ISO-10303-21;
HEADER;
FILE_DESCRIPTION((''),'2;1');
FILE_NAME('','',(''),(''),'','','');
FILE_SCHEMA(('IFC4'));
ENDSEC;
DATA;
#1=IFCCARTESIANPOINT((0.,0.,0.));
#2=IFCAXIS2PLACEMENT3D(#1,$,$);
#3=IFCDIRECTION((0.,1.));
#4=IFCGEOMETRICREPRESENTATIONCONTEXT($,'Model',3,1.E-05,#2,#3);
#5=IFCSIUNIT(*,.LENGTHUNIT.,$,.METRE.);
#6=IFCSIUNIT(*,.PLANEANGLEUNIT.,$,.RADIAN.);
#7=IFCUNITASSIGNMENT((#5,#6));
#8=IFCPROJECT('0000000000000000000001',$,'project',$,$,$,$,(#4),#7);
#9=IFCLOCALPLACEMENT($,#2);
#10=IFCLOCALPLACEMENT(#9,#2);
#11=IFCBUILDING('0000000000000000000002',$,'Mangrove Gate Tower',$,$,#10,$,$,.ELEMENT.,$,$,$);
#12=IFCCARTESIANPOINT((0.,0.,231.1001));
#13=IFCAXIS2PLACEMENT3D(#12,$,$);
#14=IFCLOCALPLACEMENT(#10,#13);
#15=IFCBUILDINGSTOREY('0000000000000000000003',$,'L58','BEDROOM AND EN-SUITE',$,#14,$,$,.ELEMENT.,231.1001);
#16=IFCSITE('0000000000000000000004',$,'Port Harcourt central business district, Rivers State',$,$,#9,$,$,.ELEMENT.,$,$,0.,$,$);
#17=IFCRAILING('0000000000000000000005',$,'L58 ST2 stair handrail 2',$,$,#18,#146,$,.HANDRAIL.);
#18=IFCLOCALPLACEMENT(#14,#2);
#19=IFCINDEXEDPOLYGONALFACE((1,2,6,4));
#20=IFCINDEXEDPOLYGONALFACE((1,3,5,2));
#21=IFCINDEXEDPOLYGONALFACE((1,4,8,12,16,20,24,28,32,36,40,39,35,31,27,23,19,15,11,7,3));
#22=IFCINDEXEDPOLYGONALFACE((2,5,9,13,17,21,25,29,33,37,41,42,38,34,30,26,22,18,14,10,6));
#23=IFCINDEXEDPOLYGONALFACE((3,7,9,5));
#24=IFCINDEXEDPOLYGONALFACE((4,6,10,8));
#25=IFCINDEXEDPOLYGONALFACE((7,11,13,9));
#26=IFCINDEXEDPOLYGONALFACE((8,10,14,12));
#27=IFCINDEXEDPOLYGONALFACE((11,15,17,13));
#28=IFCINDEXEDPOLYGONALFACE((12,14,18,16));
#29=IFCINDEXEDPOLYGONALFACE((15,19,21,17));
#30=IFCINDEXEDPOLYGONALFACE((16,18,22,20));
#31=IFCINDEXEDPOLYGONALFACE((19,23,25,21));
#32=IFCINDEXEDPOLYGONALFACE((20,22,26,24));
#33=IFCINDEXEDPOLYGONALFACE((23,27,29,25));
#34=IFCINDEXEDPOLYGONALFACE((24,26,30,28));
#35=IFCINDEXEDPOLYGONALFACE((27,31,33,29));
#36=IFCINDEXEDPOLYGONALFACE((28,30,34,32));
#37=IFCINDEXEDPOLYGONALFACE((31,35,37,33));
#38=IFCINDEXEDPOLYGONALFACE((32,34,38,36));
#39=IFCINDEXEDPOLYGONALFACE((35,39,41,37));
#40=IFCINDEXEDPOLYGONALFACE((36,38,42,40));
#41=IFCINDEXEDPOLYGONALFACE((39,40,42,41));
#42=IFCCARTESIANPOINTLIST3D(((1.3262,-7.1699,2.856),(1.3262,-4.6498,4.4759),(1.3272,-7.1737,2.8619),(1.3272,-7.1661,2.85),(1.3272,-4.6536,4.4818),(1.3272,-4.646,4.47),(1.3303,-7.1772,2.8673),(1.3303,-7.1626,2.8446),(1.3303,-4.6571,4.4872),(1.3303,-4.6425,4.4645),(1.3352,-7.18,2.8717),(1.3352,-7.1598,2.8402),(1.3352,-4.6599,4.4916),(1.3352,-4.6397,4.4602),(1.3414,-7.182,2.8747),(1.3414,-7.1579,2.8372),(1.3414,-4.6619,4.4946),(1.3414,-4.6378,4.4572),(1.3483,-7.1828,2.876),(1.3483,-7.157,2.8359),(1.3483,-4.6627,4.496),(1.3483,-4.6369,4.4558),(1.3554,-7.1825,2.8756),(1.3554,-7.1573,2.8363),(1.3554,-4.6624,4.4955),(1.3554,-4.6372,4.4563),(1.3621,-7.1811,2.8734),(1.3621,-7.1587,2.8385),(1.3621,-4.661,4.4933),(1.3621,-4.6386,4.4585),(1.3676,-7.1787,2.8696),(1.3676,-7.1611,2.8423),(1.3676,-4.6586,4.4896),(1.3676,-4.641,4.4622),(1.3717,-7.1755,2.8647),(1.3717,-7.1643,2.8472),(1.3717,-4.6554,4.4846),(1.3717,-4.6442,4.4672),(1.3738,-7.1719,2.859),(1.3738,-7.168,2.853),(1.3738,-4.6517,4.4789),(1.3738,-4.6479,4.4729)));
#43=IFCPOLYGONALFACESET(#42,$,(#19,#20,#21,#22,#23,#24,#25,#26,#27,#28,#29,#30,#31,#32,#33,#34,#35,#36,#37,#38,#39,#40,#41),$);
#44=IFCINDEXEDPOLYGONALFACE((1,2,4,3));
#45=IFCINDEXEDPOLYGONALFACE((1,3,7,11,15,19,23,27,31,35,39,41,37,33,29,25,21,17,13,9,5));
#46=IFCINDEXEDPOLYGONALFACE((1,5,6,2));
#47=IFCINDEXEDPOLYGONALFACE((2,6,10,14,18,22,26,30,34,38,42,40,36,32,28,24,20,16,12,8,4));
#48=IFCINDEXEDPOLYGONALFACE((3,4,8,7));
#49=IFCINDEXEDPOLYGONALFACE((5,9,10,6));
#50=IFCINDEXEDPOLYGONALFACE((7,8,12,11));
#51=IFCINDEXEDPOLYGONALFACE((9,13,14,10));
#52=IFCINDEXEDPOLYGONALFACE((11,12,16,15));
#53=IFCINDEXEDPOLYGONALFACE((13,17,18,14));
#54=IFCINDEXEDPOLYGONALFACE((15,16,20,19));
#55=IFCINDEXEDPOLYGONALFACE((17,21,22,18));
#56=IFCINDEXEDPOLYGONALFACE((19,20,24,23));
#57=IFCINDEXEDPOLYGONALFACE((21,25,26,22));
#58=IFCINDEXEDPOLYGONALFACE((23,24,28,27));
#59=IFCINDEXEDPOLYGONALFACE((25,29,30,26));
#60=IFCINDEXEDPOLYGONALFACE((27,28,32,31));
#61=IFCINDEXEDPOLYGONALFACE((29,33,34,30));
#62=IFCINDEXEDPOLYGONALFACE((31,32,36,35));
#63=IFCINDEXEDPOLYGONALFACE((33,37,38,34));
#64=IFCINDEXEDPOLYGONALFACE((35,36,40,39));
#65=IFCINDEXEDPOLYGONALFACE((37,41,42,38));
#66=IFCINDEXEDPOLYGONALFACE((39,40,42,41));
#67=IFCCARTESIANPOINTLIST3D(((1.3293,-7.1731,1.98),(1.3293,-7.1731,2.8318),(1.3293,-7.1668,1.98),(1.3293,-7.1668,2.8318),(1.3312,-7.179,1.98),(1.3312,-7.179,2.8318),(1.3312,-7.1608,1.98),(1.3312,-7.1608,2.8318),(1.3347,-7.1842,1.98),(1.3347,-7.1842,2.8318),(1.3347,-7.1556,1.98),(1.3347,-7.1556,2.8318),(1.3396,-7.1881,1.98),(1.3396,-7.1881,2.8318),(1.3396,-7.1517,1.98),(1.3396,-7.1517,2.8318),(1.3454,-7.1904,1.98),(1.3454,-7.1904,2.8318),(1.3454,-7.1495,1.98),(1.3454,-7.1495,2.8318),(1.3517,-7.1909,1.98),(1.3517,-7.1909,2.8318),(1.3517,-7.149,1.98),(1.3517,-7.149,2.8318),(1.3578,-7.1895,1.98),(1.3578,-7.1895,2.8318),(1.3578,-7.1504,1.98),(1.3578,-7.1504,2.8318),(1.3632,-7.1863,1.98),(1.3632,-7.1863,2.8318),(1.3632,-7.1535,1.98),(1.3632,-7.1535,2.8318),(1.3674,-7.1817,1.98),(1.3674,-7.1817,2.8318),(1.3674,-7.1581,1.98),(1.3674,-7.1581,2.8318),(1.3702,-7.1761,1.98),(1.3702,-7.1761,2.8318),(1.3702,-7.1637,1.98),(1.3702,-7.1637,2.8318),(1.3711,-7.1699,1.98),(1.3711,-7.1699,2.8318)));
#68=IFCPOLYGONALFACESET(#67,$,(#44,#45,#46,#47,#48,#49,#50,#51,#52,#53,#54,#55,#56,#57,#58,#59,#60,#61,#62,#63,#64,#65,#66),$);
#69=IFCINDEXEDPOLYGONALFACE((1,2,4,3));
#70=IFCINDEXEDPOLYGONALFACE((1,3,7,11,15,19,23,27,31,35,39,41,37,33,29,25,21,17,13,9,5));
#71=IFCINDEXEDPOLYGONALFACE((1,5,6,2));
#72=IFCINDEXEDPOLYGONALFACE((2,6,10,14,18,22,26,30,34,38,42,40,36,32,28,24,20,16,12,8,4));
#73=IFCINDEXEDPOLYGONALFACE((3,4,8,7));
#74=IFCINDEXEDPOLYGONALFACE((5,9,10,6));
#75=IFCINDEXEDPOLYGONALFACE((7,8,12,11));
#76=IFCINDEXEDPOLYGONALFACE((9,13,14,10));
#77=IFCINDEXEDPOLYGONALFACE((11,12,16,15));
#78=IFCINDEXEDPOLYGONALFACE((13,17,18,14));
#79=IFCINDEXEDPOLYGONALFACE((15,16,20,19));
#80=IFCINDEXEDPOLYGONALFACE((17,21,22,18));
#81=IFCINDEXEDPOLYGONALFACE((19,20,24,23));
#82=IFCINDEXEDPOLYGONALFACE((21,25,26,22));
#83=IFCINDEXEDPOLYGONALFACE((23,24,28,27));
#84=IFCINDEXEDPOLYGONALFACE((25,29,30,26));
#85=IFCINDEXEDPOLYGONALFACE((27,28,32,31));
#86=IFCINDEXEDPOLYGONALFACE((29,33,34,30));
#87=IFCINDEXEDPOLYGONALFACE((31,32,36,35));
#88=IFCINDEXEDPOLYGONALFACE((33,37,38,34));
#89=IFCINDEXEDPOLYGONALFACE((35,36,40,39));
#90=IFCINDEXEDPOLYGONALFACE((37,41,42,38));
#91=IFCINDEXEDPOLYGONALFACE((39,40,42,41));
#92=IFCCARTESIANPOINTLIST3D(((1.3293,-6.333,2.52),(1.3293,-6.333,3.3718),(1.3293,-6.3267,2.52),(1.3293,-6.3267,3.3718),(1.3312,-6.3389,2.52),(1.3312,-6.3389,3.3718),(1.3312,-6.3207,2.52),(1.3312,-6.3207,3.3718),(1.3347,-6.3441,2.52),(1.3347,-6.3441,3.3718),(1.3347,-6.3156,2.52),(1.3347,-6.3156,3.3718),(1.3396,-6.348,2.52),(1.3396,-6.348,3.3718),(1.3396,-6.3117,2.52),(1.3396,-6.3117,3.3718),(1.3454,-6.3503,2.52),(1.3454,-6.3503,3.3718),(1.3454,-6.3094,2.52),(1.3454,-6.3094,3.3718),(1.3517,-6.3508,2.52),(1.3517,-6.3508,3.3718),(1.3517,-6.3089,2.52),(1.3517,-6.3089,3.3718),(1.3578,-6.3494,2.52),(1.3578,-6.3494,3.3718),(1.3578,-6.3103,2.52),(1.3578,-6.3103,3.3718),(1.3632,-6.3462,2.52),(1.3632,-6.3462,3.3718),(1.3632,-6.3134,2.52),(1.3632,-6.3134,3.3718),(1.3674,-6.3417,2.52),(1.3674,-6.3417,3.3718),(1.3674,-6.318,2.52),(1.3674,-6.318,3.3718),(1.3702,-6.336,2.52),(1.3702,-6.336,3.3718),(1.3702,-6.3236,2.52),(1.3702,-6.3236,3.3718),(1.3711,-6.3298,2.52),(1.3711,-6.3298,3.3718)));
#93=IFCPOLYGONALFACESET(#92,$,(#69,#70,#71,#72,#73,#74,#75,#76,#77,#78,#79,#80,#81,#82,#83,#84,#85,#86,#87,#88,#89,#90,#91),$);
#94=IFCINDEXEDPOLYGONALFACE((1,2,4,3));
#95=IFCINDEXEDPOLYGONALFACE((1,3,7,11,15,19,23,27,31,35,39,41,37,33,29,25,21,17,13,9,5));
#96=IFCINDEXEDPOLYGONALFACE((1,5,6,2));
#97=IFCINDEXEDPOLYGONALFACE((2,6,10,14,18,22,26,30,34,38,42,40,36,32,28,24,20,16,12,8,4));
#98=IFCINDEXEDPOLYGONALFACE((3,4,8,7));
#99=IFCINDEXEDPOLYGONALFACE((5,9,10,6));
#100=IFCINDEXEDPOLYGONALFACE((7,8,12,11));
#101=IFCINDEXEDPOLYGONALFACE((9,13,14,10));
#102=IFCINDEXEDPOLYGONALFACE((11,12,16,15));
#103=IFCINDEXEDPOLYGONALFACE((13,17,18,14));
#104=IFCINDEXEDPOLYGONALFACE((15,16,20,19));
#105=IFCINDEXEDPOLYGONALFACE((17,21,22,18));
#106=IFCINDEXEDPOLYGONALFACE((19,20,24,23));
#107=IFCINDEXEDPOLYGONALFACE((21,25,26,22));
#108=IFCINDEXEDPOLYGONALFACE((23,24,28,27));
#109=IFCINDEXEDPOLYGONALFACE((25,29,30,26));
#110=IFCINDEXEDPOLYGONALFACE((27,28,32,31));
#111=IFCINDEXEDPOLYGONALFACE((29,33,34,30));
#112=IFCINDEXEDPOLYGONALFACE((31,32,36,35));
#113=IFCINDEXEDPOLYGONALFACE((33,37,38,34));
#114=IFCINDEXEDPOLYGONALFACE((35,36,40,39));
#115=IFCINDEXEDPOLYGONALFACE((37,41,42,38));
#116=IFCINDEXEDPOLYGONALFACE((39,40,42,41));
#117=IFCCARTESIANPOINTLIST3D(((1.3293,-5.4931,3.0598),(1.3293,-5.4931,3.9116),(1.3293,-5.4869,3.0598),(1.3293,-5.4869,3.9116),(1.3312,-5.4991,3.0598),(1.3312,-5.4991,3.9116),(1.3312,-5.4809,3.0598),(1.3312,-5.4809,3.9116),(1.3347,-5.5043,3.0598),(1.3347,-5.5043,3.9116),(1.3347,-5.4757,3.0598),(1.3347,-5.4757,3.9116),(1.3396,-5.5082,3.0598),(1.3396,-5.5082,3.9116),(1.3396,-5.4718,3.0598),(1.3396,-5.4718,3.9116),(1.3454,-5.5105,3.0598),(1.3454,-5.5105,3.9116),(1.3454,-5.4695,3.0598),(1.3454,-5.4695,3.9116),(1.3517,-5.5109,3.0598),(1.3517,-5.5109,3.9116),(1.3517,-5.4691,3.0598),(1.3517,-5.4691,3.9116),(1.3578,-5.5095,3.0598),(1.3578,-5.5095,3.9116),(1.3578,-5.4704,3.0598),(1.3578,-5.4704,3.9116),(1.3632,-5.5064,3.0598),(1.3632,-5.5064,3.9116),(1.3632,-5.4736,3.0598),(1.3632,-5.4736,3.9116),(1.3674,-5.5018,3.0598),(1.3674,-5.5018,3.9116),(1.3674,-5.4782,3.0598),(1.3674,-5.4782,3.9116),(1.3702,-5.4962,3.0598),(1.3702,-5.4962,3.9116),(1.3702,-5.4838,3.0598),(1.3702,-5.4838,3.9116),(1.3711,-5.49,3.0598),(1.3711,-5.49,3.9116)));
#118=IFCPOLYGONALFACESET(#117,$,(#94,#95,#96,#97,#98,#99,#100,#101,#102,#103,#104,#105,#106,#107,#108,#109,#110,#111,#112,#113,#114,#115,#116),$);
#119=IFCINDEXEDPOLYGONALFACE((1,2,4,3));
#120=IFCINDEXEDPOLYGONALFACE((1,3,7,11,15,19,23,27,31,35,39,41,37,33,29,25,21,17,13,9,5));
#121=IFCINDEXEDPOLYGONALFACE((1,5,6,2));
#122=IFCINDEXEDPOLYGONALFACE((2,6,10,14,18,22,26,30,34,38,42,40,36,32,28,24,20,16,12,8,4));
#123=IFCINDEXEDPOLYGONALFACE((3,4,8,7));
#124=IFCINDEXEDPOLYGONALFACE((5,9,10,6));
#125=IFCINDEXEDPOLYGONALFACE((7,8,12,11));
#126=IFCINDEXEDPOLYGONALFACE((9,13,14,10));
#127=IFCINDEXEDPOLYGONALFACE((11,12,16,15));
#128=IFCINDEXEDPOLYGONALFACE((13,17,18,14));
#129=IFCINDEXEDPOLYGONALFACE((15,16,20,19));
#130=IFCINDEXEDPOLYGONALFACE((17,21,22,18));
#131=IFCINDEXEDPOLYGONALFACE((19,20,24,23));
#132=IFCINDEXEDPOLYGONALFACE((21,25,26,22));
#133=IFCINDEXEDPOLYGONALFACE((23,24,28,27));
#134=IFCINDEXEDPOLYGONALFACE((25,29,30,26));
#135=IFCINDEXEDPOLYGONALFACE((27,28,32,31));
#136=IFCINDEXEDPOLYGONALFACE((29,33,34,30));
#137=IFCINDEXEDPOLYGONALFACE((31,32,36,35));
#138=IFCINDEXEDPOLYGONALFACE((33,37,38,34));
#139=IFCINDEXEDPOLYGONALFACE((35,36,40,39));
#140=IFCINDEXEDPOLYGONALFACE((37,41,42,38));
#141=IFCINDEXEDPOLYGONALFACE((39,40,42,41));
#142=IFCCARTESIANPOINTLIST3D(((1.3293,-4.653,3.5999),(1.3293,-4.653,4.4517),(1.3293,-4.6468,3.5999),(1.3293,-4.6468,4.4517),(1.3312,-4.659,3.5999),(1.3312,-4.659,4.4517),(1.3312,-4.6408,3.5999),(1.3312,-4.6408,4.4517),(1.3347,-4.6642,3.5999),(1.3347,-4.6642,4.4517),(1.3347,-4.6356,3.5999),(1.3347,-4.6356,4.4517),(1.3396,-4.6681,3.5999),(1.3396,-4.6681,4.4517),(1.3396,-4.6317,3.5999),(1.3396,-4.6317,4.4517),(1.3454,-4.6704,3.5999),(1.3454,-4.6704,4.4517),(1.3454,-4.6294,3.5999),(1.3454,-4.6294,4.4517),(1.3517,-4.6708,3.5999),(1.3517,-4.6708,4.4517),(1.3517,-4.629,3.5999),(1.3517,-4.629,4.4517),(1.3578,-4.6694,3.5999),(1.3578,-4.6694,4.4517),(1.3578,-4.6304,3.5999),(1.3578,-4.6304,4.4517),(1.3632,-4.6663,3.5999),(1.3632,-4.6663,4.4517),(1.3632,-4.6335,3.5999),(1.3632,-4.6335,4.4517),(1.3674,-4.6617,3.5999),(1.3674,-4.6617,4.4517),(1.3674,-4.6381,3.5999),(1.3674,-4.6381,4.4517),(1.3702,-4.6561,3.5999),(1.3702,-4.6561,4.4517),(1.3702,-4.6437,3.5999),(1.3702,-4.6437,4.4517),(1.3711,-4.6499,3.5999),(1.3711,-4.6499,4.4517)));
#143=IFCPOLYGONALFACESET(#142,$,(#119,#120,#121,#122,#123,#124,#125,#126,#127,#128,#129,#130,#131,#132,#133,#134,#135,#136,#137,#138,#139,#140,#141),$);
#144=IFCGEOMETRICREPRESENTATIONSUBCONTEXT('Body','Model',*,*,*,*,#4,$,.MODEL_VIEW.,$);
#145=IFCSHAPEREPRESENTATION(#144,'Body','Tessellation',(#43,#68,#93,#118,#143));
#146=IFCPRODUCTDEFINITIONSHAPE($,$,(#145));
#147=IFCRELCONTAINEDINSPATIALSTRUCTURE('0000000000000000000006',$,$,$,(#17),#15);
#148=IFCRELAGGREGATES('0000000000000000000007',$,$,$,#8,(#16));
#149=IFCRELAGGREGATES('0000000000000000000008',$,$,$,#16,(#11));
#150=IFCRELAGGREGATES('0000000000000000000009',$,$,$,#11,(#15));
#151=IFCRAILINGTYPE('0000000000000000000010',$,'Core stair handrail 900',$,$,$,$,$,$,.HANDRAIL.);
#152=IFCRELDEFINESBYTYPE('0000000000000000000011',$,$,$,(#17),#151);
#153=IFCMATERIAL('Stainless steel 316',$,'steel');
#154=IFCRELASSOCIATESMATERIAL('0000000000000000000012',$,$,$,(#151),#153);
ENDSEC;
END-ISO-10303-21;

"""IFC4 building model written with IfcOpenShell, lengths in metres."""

from ifc_helpers import new_model, si_unit, direction, frame, origin, origin_2d, place, context, subcontext, project, spatial, circle, extrude, material, type_object, element, save


model = new_model("IFC4")

# Units and contexts
model_context = context("Model", 3, precision=1e-05, world=origin(), true_north=direction((0.0, 1.0)))
body_context = subcontext(model_context, "Body", "Model", "MODEL_VIEW")
ifc_project = project(units=[si_unit("LENGTHUNIT", "METRE"), si_unit("PLANEANGLEUNIT", "RADIAN")], contexts=[model_context])

# Site, building, storey
site_placement = place(None, origin())
site = spatial("IfcSite", under=ifc_project, at=site_placement, Name="Port Harcourt central business district, Rivers State", CompositionType="ELEMENT", RefElevation=0.0)
building_placement = place(site_placement, origin())
building = spatial("IfcBuilding", under=site, at=building_placement, Name="Mangrove Gate Tower", CompositionType="ELEMENT")
storey_placement = place(building_placement, frame((0.0, 0.0, 231.1001)))
storey = spatial("IfcBuildingStorey", under=building, at=storey_placement, Name="L58", Description="BEDROOM AND EN-SUITE", CompositionType="ELEMENT", Elevation=231.1001)

# Railing
ifc_material_1 = material(Name="Stainless steel 316", Category="steel")
railing_type_1 = type_object("IfcRailingType", Name="Core stair handrail 900", PredefinedType="HANDRAIL", material=ifc_material_1)
railing_1_placement = place(storey_placement, frame((1.3501, -7.1699, 1.98)))
element("IfcRailing", 1, at=railing_1_placement, inside=storey, type_object=railing_type_1, Name="L58 ST2 stair handrail 2", PredefinedType="HANDRAIL", context=body_context, shape_type="SweptSolid", body=[
    extrude(circle(Radius=0.0239, at=origin_2d()), frame((0.0, 0.0, 0.876), z_axis=(0.0, 0.8412, 0.540725), x_axis=(-1.0, 0.0, 0.0)), (0.0, 0.0, 1.0), 2.9958),
    extrude(circle(Radius=0.021, at=origin_2d()), origin(), (0.0, 0.0, 1.0), 0.8518),
    extrude(circle(Radius=0.021, at=origin_2d()), frame((0.0, 0.8401, 0.54)), (0.0, 0.0, 1.0), 0.8518),
    extrude(circle(Radius=0.021, at=origin_2d()), frame((0.0, 1.6799, 1.0798)), (0.0, 0.0, 1.0), 0.8518),
    extrude(circle(Radius=0.021, at=origin_2d()), frame((0.0, 2.52, 1.6199)), (0.0, 0.0, 1.0), 0.8518),
])

save(model, "model.ifc")
